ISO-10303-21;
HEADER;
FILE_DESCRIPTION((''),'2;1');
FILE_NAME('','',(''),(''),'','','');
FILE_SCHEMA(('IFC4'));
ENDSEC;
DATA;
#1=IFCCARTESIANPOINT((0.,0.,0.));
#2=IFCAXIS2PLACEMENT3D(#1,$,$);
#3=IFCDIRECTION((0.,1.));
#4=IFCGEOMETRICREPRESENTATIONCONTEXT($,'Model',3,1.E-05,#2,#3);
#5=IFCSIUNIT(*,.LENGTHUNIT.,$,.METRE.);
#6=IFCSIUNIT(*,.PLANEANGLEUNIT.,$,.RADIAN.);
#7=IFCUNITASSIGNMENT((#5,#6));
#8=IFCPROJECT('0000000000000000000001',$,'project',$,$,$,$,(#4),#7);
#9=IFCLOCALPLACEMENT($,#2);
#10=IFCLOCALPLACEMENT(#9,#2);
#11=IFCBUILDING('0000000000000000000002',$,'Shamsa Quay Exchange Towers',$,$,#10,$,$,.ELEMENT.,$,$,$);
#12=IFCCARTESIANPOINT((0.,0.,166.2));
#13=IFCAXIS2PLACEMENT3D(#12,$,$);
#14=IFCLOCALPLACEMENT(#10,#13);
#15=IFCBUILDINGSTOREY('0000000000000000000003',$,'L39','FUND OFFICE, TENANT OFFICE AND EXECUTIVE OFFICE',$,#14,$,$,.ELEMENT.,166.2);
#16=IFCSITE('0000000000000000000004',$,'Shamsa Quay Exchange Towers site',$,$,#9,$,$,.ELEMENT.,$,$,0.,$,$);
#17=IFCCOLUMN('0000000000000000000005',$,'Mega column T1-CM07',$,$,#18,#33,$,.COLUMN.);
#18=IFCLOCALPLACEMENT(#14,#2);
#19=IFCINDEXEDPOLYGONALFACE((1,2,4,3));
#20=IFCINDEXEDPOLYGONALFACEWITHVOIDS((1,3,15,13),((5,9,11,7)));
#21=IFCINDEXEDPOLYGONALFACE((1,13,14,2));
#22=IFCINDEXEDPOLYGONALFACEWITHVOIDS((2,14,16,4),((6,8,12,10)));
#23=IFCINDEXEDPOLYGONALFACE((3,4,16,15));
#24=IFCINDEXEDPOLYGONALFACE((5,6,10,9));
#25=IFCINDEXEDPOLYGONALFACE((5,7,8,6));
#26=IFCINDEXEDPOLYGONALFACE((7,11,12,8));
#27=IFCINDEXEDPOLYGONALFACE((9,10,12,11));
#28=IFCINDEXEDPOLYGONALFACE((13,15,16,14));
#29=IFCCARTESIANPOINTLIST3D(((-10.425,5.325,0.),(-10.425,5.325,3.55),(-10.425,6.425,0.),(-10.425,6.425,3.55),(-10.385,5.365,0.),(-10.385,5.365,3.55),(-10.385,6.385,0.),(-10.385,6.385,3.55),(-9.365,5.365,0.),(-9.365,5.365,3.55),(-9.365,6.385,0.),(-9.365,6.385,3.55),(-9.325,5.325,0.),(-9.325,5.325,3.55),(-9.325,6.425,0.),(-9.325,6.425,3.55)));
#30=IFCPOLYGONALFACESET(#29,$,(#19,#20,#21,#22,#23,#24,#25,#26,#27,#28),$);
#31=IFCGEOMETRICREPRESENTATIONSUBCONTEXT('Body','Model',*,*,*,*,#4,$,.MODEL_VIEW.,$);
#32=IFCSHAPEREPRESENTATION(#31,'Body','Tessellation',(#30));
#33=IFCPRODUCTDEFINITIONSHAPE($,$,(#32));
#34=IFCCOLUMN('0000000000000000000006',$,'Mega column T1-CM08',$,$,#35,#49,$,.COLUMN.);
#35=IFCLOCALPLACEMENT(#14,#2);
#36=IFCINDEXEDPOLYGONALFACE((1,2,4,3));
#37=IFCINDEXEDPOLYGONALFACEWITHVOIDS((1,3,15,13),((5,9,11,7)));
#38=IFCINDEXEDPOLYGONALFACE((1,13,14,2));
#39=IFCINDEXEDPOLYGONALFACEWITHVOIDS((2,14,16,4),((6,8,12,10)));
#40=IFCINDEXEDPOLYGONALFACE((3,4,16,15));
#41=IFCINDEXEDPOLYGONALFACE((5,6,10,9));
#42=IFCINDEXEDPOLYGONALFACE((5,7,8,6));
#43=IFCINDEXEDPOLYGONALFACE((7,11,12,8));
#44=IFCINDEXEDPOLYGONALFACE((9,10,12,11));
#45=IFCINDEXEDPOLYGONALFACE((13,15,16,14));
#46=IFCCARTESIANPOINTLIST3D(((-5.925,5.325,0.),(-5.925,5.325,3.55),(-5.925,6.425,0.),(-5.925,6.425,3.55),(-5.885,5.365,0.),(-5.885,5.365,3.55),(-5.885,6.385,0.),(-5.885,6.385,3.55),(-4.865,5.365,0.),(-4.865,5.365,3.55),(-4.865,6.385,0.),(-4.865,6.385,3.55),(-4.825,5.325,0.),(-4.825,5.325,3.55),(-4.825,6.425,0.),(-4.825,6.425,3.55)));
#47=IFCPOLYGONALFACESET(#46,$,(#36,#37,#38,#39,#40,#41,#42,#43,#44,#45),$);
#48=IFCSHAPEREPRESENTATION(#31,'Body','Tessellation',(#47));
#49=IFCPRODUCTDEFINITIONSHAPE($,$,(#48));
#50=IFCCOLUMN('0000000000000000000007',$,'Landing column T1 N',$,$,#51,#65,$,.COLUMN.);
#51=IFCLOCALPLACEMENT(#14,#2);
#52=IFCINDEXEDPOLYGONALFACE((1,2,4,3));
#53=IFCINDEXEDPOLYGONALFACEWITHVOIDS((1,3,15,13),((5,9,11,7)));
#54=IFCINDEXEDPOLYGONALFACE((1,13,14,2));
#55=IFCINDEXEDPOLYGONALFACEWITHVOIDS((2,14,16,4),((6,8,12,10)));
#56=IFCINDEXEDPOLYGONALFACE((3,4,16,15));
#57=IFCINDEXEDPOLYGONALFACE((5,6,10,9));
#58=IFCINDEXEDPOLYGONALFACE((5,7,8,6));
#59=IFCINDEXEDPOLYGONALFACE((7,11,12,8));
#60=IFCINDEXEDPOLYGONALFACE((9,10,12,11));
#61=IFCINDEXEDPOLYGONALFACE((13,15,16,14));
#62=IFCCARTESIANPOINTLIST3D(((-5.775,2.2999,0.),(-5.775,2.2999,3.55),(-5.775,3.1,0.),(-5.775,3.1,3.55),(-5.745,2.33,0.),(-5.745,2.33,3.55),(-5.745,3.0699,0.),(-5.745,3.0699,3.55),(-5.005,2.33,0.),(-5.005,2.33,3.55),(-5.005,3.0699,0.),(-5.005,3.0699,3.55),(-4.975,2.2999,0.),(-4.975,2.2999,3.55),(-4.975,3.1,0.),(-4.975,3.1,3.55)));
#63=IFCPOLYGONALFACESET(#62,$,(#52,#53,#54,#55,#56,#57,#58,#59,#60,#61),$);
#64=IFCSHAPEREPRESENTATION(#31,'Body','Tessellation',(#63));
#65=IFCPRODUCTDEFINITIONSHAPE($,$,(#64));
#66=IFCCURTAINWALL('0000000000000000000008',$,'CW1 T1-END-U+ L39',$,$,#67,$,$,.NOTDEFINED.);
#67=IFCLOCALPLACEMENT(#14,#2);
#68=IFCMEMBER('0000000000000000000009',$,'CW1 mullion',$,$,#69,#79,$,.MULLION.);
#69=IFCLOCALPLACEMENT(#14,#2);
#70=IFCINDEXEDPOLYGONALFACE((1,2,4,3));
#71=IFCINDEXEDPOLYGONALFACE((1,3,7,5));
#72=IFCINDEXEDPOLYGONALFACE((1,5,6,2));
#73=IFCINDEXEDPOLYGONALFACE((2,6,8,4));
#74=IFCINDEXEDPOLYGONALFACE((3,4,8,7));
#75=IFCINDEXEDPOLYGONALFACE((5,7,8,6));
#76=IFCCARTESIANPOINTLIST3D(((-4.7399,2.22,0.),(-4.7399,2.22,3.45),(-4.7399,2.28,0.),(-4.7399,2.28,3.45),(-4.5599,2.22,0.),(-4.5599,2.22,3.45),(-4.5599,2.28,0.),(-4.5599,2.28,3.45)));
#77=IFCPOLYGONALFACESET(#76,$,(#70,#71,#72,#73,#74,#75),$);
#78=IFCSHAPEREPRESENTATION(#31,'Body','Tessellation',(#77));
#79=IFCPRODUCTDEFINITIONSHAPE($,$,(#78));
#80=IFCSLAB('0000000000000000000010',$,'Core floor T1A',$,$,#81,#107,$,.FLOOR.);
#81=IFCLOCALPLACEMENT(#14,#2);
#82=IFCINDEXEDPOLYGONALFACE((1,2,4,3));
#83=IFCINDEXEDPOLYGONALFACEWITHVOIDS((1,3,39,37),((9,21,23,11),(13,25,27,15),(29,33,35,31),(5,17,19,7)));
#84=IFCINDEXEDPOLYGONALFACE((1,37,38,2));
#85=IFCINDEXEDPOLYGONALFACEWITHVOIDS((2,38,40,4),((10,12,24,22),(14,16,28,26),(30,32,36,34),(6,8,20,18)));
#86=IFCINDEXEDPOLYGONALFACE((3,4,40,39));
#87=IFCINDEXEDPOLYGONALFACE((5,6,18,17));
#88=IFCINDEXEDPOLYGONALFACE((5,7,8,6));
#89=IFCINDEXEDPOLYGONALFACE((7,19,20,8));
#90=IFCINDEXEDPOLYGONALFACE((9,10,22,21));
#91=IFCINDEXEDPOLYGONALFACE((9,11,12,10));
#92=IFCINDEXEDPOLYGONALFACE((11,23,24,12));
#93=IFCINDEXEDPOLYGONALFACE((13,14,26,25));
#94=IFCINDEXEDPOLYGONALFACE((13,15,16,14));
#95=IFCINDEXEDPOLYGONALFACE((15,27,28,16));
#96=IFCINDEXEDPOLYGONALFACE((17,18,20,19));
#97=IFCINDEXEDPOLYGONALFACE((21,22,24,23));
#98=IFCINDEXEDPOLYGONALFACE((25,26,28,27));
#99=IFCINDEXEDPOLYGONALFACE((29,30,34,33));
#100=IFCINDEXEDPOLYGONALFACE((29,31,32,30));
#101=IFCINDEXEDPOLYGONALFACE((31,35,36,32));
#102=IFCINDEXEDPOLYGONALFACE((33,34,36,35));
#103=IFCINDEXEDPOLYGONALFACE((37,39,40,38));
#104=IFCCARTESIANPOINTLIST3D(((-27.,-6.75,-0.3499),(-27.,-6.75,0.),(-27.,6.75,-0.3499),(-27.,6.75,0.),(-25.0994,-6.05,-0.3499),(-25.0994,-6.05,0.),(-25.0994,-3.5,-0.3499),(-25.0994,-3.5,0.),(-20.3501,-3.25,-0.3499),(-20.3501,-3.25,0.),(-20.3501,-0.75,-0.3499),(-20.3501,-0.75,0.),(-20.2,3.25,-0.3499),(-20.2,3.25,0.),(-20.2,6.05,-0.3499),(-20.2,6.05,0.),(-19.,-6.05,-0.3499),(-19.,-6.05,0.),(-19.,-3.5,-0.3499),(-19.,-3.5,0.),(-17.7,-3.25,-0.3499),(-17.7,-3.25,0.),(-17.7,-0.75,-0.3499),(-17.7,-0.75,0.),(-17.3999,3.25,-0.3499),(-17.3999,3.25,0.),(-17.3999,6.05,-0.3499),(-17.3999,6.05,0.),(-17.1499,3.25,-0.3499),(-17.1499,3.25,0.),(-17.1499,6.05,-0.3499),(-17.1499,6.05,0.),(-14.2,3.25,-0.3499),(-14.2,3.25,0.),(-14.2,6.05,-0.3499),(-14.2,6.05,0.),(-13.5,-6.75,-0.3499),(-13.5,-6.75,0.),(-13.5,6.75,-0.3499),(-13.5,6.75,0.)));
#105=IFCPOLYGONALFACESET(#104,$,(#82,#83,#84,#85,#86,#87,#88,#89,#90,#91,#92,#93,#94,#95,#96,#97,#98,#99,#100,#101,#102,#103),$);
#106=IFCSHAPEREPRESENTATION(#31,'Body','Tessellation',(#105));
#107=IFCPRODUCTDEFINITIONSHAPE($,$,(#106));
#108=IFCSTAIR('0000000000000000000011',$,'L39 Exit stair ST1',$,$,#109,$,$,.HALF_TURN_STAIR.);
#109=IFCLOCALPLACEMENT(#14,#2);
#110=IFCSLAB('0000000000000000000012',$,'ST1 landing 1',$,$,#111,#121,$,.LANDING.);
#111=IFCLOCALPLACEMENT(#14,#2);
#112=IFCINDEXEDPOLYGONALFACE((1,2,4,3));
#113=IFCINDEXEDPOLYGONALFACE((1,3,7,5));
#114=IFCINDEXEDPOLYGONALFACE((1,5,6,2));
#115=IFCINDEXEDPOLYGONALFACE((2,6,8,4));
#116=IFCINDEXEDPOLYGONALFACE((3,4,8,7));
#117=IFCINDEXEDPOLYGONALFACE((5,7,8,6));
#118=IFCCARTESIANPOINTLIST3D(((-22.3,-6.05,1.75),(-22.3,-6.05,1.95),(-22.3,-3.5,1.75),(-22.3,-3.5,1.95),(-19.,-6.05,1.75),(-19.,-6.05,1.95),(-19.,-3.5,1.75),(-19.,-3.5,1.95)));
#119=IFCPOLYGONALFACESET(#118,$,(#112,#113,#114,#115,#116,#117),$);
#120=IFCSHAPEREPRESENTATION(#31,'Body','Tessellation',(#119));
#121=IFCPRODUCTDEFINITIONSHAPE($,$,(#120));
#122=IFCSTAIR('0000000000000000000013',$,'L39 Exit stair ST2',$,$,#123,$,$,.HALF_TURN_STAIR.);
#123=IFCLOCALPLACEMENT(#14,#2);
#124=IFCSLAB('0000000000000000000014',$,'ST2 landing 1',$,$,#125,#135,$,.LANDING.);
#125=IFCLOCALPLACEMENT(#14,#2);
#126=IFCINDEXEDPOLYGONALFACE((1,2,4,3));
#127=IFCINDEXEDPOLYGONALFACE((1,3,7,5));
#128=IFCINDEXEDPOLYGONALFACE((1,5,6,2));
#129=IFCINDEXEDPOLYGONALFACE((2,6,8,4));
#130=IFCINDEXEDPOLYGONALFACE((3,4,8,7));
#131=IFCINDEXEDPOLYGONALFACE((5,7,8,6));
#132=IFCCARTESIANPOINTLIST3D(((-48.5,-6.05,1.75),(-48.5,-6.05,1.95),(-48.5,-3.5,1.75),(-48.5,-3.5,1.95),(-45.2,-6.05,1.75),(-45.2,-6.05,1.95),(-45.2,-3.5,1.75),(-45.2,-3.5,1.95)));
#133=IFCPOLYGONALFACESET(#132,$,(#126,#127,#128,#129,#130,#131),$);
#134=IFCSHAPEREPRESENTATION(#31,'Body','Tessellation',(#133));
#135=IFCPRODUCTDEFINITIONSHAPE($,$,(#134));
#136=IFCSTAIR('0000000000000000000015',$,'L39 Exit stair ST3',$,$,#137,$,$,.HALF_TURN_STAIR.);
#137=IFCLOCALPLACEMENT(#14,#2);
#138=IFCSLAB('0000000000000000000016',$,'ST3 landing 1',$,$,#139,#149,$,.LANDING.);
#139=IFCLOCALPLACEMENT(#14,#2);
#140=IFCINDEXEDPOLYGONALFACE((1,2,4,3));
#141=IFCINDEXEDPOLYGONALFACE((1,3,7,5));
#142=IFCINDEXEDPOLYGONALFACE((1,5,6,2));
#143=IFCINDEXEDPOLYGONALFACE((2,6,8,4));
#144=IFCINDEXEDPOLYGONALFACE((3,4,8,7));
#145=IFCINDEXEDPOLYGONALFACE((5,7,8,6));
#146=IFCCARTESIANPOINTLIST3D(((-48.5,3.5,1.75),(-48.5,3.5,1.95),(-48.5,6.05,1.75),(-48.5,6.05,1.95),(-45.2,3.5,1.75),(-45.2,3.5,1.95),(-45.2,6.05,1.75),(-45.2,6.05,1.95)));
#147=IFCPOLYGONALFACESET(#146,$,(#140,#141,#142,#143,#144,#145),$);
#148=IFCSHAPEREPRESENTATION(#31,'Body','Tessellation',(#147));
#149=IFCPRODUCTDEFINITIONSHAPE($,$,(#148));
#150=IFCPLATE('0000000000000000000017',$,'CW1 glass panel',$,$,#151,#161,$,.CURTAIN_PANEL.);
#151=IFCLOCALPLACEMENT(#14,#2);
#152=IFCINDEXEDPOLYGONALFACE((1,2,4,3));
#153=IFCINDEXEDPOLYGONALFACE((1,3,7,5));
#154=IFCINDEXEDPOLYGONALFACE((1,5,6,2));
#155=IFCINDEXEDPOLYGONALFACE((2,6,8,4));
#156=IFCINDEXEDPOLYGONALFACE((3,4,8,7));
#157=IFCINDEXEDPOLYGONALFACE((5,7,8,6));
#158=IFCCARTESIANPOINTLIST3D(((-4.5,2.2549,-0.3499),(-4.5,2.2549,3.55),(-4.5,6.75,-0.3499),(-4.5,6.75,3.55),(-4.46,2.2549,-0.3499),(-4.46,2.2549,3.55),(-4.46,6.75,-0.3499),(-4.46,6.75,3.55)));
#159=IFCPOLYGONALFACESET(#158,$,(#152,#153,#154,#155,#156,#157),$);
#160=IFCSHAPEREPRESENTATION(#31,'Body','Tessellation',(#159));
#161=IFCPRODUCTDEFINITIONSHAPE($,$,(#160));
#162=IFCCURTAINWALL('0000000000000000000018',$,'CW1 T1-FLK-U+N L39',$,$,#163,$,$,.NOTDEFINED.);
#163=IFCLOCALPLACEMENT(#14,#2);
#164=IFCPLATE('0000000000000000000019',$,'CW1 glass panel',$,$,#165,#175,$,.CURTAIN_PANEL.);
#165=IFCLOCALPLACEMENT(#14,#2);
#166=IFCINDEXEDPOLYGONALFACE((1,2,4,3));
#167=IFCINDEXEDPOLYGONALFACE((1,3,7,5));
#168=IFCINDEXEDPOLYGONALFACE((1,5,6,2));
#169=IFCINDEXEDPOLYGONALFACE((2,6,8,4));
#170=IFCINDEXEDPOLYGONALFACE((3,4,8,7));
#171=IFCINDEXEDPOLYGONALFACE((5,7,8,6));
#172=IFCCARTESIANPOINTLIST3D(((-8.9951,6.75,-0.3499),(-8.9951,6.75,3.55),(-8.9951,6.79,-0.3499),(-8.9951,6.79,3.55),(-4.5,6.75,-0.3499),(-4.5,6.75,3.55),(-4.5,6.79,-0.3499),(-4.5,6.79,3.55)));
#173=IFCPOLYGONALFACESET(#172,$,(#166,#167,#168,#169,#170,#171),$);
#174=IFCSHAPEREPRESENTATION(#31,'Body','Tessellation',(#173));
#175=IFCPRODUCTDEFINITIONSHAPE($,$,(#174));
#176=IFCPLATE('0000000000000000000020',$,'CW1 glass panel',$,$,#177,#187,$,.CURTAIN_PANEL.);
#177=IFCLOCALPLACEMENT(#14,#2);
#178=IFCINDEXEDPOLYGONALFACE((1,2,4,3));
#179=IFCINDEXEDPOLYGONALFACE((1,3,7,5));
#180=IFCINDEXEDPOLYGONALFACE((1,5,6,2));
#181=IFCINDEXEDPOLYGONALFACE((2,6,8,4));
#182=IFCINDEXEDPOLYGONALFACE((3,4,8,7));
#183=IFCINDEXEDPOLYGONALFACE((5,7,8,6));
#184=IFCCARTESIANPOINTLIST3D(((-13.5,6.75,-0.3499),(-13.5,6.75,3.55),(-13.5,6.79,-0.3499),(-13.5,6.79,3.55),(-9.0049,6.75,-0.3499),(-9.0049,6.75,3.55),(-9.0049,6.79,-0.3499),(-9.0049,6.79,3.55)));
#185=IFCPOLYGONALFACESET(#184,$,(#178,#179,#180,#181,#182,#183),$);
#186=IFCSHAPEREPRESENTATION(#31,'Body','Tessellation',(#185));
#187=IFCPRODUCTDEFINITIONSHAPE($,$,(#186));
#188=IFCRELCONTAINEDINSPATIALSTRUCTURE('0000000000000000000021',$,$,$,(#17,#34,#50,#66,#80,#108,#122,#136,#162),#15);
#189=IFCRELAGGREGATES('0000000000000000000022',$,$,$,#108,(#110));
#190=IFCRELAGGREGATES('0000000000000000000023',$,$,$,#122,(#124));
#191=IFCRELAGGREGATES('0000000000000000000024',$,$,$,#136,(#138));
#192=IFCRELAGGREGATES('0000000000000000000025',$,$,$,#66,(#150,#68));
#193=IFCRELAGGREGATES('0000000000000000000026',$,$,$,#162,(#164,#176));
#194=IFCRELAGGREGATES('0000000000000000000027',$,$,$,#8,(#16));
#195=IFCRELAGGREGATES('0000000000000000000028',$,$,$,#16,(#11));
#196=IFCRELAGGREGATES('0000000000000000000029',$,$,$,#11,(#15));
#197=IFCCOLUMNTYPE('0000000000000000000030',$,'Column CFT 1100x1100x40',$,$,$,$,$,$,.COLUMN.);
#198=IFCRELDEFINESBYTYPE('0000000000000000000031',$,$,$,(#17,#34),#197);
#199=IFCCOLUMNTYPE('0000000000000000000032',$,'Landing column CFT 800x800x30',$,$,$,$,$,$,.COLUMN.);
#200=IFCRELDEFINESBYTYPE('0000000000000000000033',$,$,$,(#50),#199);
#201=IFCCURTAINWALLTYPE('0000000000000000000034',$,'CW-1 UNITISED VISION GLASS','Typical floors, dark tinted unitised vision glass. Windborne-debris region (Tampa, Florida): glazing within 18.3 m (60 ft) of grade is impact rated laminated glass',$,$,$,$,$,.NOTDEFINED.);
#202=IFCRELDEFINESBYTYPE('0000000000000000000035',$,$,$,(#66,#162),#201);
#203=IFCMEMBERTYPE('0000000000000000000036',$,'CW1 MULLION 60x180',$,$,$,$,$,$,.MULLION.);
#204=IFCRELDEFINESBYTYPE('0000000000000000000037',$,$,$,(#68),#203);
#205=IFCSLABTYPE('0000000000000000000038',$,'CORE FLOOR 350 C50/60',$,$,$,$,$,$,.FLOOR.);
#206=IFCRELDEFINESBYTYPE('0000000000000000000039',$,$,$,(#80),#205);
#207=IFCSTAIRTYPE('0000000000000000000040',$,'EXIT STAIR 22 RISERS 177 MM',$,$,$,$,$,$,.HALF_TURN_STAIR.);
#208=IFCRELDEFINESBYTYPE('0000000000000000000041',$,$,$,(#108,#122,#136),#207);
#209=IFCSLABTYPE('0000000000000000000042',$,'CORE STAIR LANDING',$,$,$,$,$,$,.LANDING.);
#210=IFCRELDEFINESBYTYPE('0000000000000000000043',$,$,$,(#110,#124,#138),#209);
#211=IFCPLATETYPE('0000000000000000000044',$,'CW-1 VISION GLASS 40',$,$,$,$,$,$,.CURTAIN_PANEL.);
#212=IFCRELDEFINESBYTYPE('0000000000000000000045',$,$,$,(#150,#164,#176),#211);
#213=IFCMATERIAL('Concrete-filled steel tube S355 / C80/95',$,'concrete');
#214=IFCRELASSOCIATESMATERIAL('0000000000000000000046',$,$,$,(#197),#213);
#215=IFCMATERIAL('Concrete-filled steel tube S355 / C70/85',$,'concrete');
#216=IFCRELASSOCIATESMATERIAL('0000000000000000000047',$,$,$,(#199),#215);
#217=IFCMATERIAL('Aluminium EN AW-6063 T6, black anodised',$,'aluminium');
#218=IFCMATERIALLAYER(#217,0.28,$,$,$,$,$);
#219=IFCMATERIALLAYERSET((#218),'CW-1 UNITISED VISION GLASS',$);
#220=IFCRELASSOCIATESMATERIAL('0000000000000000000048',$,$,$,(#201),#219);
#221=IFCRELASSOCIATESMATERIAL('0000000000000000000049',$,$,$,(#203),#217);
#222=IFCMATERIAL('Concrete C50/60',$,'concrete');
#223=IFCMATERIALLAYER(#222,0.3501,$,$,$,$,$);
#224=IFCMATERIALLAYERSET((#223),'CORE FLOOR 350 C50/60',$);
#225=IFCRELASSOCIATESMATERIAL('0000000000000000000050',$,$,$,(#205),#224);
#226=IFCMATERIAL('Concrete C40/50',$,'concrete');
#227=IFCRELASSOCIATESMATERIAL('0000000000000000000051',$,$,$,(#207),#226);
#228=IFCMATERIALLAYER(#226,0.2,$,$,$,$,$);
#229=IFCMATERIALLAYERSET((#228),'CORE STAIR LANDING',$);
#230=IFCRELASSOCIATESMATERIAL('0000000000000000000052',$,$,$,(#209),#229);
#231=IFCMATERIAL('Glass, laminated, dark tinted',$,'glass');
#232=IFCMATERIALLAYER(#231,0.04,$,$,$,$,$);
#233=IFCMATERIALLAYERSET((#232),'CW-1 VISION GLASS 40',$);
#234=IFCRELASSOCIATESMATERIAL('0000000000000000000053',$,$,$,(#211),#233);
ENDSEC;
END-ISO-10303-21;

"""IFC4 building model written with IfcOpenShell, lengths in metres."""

from ifc_helpers import new_model, si_unit, direction, frame, origin, origin_2d, place, context, subcontext, project, spatial, polyline, rectangle, hollow_rectangle, outline, extrude, material, layer, layer_set, material_profile, profile_set, type_object, element, aggregate, save


model = new_model("IFC4")

# Units and contexts
model_context = context("Model", 3, precision=1e-05, world=origin(), true_north=direction((0.0, 1.0)))
body_context = subcontext(model_context, "Body", "Model", "MODEL_VIEW")
ifc_project = project(units=[si_unit("LENGTHUNIT", "METRE"), si_unit("PLANEANGLEUNIT", "RADIAN")], contexts=[model_context])

# Site, building, storey
site_placement = place(None, origin())
site = spatial("IfcSite", under=ifc_project, at=site_placement, Name="Shamsa Quay Exchange Towers site", CompositionType="ELEMENT", RefElevation=0.0)
building_placement = place(site_placement, origin())
building = spatial("IfcBuilding", under=site, at=building_placement, Name="Shamsa Quay Exchange Towers", CompositionType="ELEMENT")
storey_placement = place(building_placement, frame((0.0, 0.0, 166.2)))
storey = spatial("IfcBuildingStorey", under=building, at=storey_placement, Name="L39", Description="FUND OFFICE, TENANT OFFICE AND EXECUTIVE OFFICE", CompositionType="ELEMENT", Elevation=166.2)

# Columns
ifc_material_1 = material(Name="Concrete-filled steel tube S355 / C80/95", Category="concrete")
ifc_material_profile_1 = material_profile(ifc_material_1, hollow_rectangle(XDim=1.1001, YDim=1.1001, WallThickness=0.04, at=origin_2d()), Name="CFT 1100x1100x40")
ifc_profile_set_1 = profile_set([ifc_material_profile_1], Name="Concrete-filled steel tube S355 / C80/95")
column_type_1 = type_object("IfcColumnType", Name="Column CFT 1100x1100x40", PredefinedType="COLUMN", material=ifc_profile_set_1)
for number, where, name in (
    (1, (-9.875, 5.875, 0.0), "Mega column T1-CM07"),
    (2, (-5.375, 5.875, 0.0), "Mega column T1-CM08"),
):
    element("IfcColumn", number, at=place(storey_placement, frame(where)), inside=storey, type_object=column_type_1, Name=name, PredefinedType="COLUMN", context=body_context, shape_type="SweptSolid", body=[
        extrude(hollow_rectangle(XDim=1.1001, YDim=1.1001, WallThickness=0.04, at=origin_2d()), origin(), (0.0, 0.0, 1.0), 3.55),
    ])
ifc_material_2 = material(Name="Concrete-filled steel tube S355 / C70/85", Category="concrete")
ifc_material_profile_2 = material_profile(ifc_material_2, hollow_rectangle(XDim=0.8, YDim=0.8, WallThickness=0.03, at=origin_2d()), Name="CFT 800x800x30")
ifc_profile_set_2 = profile_set([ifc_material_profile_2], Name="Concrete-filled steel tube S355 / C70/85")
column_type_2 = type_object("IfcColumnType", Name="Landing column CFT 800x800x30", PredefinedType="COLUMN", material=ifc_profile_set_2)
column_placement = place(storey_placement, frame((-5.375, 2.7, 0.0)))
element("IfcColumn", 3, at=column_placement, inside=storey, type_object=column_type_2, Name="Landing column T1 N", PredefinedType="COLUMN", context=body_context, shape_type="SweptSolid", body=[
    extrude(hollow_rectangle(XDim=0.8, YDim=0.8, WallThickness=0.03, at=origin_2d()), origin(), (0.0, 0.0, 1.0), 3.55),
])

# Curtain wall, member
ifc_material_3 = material(Name="Aluminium EN AW-6063 T6, black anodised", Category="aluminium")
ifc_layer_1 = layer(ifc_material_3, 0.28)
ifc_layer_set_1 = layer_set([ifc_layer_1], Name="CW-1 UNITISED VISION GLASS")
curtain_wall_type = type_object("IfcCurtainWallType", Name="CW-1 UNITISED VISION GLASS", Description="Typical floors, dark tinted unitised vision glass. Windborne-debris region (Tampa, Florida): glazing within 18.3 m (60 ft) of grade is impact rated laminated glass", PredefinedType="NOTDEFINED", material=ifc_layer_set_1)
curtain_wall_1_placement = place(storey_placement, origin())
curtain_wall_1 = element("IfcCurtainWall", 4, at=curtain_wall_1_placement, inside=storey, type_object=curtain_wall_type, Name="CW1 T1-END-U+ L39", PredefinedType="NOTDEFINED")
ifc_material_profile_3 = material_profile(ifc_material_3, rectangle(XDim=0.1799, YDim=0.0601, at=origin_2d()), Name="MU60x180")
ifc_profile_set_3 = profile_set([ifc_material_profile_3], Name="Aluminium EN AW-6063 T6, black anodised")
member_type = type_object("IfcMemberType", Name="CW1 MULLION 60x180", PredefinedType="MULLION", material=ifc_profile_set_3)
member_placement = place(storey_placement, frame((-4.6499, 2.25, 0.0), z_axis=(0.0, 0.0, 1.0), x_axis=(-1.0, 0.0, 0.0)))
member = element("IfcMember", 5, at=member_placement, type_object=member_type, Name="CW1 mullion", PredefinedType="MULLION", context=body_context, shape_type="SweptSolid", body=[
    extrude(rectangle(XDim=0.1799, YDim=0.0601, at=origin_2d()), origin(), (0.0, 0.0, 1.0), 3.45),
])

# Slab
ifc_material_4 = material(Name="Concrete C50/60", Category="concrete")
ifc_layer_2 = layer(ifc_material_4, 0.3501)
ifc_layer_set_2 = layer_set([ifc_layer_2], Name="CORE FLOOR 350 C50/60")
slab_type_1 = type_object("IfcSlabType", Name="CORE FLOOR 350 C50/60", PredefinedType="FLOOR", material=ifc_layer_set_2)
slab_1_placement = place(storey_placement, frame((0.0, 0.0, -0.3499)))
element("IfcSlab", 6, at=slab_1_placement, inside=storey, type_object=slab_type_1, Name="Core floor T1A", PredefinedType="FLOOR", context=body_context, shape_type="SweptSolid", body=[
    extrude(outline(polyline([(-27.0, -6.75), (-13.5, -6.75), (-13.5, 6.75), (-27.0, 6.75), (-27.0, -6.75)]), holes=[polyline([(-25.0994, -6.05), (-25.0994, -3.5), (-19.0, -3.5), (-19.0, -6.05), (-25.0994, -6.05)]), polyline([(-20.2, 3.25), (-20.2, 6.05), (-17.3999, 6.05), (-17.3999, 3.25), (-20.2, 3.25)]), polyline([(-17.1499, 3.25), (-17.1499, 6.05), (-14.2, 6.05), (-14.2, 3.25), (-17.1499, 3.25)]), polyline([(-20.3501, -3.25), (-20.3501, -0.75), (-17.7, -0.75), (-17.7, -3.25), (-20.3501, -3.25)])]), origin(), (0.0, 0.0, 1.0), 0.3499),
])

# Stairs, slabs
ifc_material_5 = material(Name="Concrete C40/50", Category="concrete")
stair_type = type_object("IfcStairType", Name="EXIT STAIR 22 RISERS 177 MM", PredefinedType="HALF_TURN_STAIR", material=ifc_material_5)
stair_1_placement = place(storey_placement, origin())
stair_1 = element("IfcStair", 7, at=stair_1_placement, inside=storey, type_object=stair_type, Name="L39 Exit stair ST1", PredefinedType="HALF_TURN_STAIR")
ifc_layer_3 = layer(ifc_material_5, 0.2)
ifc_layer_set_3 = layer_set([ifc_layer_3], Name="CORE STAIR LANDING")
slab_type_2 = type_object("IfcSlabType", Name="CORE STAIR LANDING", PredefinedType="LANDING", material=ifc_layer_set_3)
slab_2_placement = place(storey_placement, frame((0.0, 0.0, 1.75)))
slab_2 = element("IfcSlab", 8, at=slab_2_placement, type_object=slab_type_2, Name="ST1 landing 1", PredefinedType="LANDING", context=body_context, shape_type="SweptSolid", body=[
    extrude(outline(polyline([(-22.3, -6.05), (-19.0, -6.05), (-19.0, -3.5), (-22.3, -3.5), (-22.3, -6.05)])), origin(), (0.0, 0.0, 1.0), 0.2),
])
aggregate(stair_1, [slab_2])
stair_2_placement = place(storey_placement, origin())
stair_2 = element("IfcStair", 9, at=stair_2_placement, inside=storey, type_object=stair_type, Name="L39 Exit stair ST2", PredefinedType="HALF_TURN_STAIR")
slab_3_placement = place(storey_placement, frame((0.0, 0.0, 1.75)))
slab_3 = element("IfcSlab", 10, at=slab_3_placement, type_object=slab_type_2, Name="ST2 landing 1", PredefinedType="LANDING", context=body_context, shape_type="SweptSolid", body=[
    extrude(outline(polyline([(-45.2, -3.5), (-48.5, -3.5), (-48.5, -6.05), (-45.2, -6.05), (-45.2, -3.5)])), origin(), (0.0, 0.0, 1.0), 0.2),
])
aggregate(stair_2, [slab_3])
stair_3_placement = place(storey_placement, origin())
stair_3 = element("IfcStair", 11, at=stair_3_placement, inside=storey, type_object=stair_type, Name="L39 Exit stair ST3", PredefinedType="HALF_TURN_STAIR")
slab_4_placement = place(storey_placement, frame((0.0, 0.0, 1.75)))
slab_4 = element("IfcSlab", 12, at=slab_4_placement, type_object=slab_type_2, Name="ST3 landing 1", PredefinedType="LANDING", context=body_context, shape_type="SweptSolid", body=[
    extrude(outline(polyline([(-45.2, 6.05), (-48.5, 6.05), (-48.5, 3.5), (-45.2, 3.5), (-45.2, 6.05)])), origin(), (0.0, 0.0, 1.0), 0.2),
])
aggregate(stair_3, [slab_4])

# Plate
ifc_material_6 = material(Name="Glass, laminated, dark tinted", Category="glass")
ifc_layer_4 = layer(ifc_material_6, 0.04)
ifc_layer_set_4 = layer_set([ifc_layer_4], Name="CW-1 VISION GLASS 40")
plate_type = type_object("IfcPlateType", Name="CW-1 VISION GLASS 40", PredefinedType="CURTAIN_PANEL", material=ifc_layer_set_4)
plate_1_placement = place(storey_placement, frame((-4.48, 4.5024, -0.3499), z_axis=(0.0, 0.0, 1.0), x_axis=(0.0, 1.0, 0.0)))
plate_1 = element("IfcPlate", 13, at=plate_1_placement, type_object=plate_type, Name="CW1 glass panel", PredefinedType="CURTAIN_PANEL", context=body_context, shape_type="SweptSolid", body=[
    extrude(rectangle(XDim=4.4951, YDim=0.04, at=origin_2d()), origin(), (0.0, 0.0, 1.0), 3.8999),
])
aggregate(curtain_wall_1, [plate_1, member])

# Curtain wall, plates
curtain_wall_2_placement = place(storey_placement, origin())
curtain_wall_2 = element("IfcCurtainWall", 14, at=curtain_wall_2_placement, inside=storey, type_object=curtain_wall_type, Name="CW1 T1-FLK-U+N L39", PredefinedType="NOTDEFINED")
plate_2_placement = place(storey_placement, frame((-6.7476, 6.77, -0.3499), z_axis=(0.0, 0.0, 1.0), x_axis=(-1.0, 0.0, 0.0)))
plate_2 = element("IfcPlate", 15, at=plate_2_placement, type_object=plate_type, Name="CW1 glass panel", PredefinedType="CURTAIN_PANEL", context=body_context, shape_type="SweptSolid", body=[
    extrude(rectangle(XDim=4.4951, YDim=0.04, at=origin_2d()), origin(), (0.0, 0.0, 1.0), 3.8999),
])
plate_3_placement = place(storey_placement, frame((-11.2524, 6.77, -0.3499), z_axis=(0.0, 0.0, 1.0), x_axis=(-1.0, 0.0, 0.0)))
plate_3 = element("IfcPlate", 16, at=plate_3_placement, type_object=plate_type, Name="CW1 glass panel", PredefinedType="CURTAIN_PANEL", context=body_context, shape_type="SweptSolid", body=[
    extrude(rectangle(XDim=4.4951, YDim=0.04, at=origin_2d()), origin(), (0.0, 0.0, 1.0), 3.8999),
])
aggregate(curtain_wall_2, [plate_2, plate_3])

save(model, "model.ifc")
